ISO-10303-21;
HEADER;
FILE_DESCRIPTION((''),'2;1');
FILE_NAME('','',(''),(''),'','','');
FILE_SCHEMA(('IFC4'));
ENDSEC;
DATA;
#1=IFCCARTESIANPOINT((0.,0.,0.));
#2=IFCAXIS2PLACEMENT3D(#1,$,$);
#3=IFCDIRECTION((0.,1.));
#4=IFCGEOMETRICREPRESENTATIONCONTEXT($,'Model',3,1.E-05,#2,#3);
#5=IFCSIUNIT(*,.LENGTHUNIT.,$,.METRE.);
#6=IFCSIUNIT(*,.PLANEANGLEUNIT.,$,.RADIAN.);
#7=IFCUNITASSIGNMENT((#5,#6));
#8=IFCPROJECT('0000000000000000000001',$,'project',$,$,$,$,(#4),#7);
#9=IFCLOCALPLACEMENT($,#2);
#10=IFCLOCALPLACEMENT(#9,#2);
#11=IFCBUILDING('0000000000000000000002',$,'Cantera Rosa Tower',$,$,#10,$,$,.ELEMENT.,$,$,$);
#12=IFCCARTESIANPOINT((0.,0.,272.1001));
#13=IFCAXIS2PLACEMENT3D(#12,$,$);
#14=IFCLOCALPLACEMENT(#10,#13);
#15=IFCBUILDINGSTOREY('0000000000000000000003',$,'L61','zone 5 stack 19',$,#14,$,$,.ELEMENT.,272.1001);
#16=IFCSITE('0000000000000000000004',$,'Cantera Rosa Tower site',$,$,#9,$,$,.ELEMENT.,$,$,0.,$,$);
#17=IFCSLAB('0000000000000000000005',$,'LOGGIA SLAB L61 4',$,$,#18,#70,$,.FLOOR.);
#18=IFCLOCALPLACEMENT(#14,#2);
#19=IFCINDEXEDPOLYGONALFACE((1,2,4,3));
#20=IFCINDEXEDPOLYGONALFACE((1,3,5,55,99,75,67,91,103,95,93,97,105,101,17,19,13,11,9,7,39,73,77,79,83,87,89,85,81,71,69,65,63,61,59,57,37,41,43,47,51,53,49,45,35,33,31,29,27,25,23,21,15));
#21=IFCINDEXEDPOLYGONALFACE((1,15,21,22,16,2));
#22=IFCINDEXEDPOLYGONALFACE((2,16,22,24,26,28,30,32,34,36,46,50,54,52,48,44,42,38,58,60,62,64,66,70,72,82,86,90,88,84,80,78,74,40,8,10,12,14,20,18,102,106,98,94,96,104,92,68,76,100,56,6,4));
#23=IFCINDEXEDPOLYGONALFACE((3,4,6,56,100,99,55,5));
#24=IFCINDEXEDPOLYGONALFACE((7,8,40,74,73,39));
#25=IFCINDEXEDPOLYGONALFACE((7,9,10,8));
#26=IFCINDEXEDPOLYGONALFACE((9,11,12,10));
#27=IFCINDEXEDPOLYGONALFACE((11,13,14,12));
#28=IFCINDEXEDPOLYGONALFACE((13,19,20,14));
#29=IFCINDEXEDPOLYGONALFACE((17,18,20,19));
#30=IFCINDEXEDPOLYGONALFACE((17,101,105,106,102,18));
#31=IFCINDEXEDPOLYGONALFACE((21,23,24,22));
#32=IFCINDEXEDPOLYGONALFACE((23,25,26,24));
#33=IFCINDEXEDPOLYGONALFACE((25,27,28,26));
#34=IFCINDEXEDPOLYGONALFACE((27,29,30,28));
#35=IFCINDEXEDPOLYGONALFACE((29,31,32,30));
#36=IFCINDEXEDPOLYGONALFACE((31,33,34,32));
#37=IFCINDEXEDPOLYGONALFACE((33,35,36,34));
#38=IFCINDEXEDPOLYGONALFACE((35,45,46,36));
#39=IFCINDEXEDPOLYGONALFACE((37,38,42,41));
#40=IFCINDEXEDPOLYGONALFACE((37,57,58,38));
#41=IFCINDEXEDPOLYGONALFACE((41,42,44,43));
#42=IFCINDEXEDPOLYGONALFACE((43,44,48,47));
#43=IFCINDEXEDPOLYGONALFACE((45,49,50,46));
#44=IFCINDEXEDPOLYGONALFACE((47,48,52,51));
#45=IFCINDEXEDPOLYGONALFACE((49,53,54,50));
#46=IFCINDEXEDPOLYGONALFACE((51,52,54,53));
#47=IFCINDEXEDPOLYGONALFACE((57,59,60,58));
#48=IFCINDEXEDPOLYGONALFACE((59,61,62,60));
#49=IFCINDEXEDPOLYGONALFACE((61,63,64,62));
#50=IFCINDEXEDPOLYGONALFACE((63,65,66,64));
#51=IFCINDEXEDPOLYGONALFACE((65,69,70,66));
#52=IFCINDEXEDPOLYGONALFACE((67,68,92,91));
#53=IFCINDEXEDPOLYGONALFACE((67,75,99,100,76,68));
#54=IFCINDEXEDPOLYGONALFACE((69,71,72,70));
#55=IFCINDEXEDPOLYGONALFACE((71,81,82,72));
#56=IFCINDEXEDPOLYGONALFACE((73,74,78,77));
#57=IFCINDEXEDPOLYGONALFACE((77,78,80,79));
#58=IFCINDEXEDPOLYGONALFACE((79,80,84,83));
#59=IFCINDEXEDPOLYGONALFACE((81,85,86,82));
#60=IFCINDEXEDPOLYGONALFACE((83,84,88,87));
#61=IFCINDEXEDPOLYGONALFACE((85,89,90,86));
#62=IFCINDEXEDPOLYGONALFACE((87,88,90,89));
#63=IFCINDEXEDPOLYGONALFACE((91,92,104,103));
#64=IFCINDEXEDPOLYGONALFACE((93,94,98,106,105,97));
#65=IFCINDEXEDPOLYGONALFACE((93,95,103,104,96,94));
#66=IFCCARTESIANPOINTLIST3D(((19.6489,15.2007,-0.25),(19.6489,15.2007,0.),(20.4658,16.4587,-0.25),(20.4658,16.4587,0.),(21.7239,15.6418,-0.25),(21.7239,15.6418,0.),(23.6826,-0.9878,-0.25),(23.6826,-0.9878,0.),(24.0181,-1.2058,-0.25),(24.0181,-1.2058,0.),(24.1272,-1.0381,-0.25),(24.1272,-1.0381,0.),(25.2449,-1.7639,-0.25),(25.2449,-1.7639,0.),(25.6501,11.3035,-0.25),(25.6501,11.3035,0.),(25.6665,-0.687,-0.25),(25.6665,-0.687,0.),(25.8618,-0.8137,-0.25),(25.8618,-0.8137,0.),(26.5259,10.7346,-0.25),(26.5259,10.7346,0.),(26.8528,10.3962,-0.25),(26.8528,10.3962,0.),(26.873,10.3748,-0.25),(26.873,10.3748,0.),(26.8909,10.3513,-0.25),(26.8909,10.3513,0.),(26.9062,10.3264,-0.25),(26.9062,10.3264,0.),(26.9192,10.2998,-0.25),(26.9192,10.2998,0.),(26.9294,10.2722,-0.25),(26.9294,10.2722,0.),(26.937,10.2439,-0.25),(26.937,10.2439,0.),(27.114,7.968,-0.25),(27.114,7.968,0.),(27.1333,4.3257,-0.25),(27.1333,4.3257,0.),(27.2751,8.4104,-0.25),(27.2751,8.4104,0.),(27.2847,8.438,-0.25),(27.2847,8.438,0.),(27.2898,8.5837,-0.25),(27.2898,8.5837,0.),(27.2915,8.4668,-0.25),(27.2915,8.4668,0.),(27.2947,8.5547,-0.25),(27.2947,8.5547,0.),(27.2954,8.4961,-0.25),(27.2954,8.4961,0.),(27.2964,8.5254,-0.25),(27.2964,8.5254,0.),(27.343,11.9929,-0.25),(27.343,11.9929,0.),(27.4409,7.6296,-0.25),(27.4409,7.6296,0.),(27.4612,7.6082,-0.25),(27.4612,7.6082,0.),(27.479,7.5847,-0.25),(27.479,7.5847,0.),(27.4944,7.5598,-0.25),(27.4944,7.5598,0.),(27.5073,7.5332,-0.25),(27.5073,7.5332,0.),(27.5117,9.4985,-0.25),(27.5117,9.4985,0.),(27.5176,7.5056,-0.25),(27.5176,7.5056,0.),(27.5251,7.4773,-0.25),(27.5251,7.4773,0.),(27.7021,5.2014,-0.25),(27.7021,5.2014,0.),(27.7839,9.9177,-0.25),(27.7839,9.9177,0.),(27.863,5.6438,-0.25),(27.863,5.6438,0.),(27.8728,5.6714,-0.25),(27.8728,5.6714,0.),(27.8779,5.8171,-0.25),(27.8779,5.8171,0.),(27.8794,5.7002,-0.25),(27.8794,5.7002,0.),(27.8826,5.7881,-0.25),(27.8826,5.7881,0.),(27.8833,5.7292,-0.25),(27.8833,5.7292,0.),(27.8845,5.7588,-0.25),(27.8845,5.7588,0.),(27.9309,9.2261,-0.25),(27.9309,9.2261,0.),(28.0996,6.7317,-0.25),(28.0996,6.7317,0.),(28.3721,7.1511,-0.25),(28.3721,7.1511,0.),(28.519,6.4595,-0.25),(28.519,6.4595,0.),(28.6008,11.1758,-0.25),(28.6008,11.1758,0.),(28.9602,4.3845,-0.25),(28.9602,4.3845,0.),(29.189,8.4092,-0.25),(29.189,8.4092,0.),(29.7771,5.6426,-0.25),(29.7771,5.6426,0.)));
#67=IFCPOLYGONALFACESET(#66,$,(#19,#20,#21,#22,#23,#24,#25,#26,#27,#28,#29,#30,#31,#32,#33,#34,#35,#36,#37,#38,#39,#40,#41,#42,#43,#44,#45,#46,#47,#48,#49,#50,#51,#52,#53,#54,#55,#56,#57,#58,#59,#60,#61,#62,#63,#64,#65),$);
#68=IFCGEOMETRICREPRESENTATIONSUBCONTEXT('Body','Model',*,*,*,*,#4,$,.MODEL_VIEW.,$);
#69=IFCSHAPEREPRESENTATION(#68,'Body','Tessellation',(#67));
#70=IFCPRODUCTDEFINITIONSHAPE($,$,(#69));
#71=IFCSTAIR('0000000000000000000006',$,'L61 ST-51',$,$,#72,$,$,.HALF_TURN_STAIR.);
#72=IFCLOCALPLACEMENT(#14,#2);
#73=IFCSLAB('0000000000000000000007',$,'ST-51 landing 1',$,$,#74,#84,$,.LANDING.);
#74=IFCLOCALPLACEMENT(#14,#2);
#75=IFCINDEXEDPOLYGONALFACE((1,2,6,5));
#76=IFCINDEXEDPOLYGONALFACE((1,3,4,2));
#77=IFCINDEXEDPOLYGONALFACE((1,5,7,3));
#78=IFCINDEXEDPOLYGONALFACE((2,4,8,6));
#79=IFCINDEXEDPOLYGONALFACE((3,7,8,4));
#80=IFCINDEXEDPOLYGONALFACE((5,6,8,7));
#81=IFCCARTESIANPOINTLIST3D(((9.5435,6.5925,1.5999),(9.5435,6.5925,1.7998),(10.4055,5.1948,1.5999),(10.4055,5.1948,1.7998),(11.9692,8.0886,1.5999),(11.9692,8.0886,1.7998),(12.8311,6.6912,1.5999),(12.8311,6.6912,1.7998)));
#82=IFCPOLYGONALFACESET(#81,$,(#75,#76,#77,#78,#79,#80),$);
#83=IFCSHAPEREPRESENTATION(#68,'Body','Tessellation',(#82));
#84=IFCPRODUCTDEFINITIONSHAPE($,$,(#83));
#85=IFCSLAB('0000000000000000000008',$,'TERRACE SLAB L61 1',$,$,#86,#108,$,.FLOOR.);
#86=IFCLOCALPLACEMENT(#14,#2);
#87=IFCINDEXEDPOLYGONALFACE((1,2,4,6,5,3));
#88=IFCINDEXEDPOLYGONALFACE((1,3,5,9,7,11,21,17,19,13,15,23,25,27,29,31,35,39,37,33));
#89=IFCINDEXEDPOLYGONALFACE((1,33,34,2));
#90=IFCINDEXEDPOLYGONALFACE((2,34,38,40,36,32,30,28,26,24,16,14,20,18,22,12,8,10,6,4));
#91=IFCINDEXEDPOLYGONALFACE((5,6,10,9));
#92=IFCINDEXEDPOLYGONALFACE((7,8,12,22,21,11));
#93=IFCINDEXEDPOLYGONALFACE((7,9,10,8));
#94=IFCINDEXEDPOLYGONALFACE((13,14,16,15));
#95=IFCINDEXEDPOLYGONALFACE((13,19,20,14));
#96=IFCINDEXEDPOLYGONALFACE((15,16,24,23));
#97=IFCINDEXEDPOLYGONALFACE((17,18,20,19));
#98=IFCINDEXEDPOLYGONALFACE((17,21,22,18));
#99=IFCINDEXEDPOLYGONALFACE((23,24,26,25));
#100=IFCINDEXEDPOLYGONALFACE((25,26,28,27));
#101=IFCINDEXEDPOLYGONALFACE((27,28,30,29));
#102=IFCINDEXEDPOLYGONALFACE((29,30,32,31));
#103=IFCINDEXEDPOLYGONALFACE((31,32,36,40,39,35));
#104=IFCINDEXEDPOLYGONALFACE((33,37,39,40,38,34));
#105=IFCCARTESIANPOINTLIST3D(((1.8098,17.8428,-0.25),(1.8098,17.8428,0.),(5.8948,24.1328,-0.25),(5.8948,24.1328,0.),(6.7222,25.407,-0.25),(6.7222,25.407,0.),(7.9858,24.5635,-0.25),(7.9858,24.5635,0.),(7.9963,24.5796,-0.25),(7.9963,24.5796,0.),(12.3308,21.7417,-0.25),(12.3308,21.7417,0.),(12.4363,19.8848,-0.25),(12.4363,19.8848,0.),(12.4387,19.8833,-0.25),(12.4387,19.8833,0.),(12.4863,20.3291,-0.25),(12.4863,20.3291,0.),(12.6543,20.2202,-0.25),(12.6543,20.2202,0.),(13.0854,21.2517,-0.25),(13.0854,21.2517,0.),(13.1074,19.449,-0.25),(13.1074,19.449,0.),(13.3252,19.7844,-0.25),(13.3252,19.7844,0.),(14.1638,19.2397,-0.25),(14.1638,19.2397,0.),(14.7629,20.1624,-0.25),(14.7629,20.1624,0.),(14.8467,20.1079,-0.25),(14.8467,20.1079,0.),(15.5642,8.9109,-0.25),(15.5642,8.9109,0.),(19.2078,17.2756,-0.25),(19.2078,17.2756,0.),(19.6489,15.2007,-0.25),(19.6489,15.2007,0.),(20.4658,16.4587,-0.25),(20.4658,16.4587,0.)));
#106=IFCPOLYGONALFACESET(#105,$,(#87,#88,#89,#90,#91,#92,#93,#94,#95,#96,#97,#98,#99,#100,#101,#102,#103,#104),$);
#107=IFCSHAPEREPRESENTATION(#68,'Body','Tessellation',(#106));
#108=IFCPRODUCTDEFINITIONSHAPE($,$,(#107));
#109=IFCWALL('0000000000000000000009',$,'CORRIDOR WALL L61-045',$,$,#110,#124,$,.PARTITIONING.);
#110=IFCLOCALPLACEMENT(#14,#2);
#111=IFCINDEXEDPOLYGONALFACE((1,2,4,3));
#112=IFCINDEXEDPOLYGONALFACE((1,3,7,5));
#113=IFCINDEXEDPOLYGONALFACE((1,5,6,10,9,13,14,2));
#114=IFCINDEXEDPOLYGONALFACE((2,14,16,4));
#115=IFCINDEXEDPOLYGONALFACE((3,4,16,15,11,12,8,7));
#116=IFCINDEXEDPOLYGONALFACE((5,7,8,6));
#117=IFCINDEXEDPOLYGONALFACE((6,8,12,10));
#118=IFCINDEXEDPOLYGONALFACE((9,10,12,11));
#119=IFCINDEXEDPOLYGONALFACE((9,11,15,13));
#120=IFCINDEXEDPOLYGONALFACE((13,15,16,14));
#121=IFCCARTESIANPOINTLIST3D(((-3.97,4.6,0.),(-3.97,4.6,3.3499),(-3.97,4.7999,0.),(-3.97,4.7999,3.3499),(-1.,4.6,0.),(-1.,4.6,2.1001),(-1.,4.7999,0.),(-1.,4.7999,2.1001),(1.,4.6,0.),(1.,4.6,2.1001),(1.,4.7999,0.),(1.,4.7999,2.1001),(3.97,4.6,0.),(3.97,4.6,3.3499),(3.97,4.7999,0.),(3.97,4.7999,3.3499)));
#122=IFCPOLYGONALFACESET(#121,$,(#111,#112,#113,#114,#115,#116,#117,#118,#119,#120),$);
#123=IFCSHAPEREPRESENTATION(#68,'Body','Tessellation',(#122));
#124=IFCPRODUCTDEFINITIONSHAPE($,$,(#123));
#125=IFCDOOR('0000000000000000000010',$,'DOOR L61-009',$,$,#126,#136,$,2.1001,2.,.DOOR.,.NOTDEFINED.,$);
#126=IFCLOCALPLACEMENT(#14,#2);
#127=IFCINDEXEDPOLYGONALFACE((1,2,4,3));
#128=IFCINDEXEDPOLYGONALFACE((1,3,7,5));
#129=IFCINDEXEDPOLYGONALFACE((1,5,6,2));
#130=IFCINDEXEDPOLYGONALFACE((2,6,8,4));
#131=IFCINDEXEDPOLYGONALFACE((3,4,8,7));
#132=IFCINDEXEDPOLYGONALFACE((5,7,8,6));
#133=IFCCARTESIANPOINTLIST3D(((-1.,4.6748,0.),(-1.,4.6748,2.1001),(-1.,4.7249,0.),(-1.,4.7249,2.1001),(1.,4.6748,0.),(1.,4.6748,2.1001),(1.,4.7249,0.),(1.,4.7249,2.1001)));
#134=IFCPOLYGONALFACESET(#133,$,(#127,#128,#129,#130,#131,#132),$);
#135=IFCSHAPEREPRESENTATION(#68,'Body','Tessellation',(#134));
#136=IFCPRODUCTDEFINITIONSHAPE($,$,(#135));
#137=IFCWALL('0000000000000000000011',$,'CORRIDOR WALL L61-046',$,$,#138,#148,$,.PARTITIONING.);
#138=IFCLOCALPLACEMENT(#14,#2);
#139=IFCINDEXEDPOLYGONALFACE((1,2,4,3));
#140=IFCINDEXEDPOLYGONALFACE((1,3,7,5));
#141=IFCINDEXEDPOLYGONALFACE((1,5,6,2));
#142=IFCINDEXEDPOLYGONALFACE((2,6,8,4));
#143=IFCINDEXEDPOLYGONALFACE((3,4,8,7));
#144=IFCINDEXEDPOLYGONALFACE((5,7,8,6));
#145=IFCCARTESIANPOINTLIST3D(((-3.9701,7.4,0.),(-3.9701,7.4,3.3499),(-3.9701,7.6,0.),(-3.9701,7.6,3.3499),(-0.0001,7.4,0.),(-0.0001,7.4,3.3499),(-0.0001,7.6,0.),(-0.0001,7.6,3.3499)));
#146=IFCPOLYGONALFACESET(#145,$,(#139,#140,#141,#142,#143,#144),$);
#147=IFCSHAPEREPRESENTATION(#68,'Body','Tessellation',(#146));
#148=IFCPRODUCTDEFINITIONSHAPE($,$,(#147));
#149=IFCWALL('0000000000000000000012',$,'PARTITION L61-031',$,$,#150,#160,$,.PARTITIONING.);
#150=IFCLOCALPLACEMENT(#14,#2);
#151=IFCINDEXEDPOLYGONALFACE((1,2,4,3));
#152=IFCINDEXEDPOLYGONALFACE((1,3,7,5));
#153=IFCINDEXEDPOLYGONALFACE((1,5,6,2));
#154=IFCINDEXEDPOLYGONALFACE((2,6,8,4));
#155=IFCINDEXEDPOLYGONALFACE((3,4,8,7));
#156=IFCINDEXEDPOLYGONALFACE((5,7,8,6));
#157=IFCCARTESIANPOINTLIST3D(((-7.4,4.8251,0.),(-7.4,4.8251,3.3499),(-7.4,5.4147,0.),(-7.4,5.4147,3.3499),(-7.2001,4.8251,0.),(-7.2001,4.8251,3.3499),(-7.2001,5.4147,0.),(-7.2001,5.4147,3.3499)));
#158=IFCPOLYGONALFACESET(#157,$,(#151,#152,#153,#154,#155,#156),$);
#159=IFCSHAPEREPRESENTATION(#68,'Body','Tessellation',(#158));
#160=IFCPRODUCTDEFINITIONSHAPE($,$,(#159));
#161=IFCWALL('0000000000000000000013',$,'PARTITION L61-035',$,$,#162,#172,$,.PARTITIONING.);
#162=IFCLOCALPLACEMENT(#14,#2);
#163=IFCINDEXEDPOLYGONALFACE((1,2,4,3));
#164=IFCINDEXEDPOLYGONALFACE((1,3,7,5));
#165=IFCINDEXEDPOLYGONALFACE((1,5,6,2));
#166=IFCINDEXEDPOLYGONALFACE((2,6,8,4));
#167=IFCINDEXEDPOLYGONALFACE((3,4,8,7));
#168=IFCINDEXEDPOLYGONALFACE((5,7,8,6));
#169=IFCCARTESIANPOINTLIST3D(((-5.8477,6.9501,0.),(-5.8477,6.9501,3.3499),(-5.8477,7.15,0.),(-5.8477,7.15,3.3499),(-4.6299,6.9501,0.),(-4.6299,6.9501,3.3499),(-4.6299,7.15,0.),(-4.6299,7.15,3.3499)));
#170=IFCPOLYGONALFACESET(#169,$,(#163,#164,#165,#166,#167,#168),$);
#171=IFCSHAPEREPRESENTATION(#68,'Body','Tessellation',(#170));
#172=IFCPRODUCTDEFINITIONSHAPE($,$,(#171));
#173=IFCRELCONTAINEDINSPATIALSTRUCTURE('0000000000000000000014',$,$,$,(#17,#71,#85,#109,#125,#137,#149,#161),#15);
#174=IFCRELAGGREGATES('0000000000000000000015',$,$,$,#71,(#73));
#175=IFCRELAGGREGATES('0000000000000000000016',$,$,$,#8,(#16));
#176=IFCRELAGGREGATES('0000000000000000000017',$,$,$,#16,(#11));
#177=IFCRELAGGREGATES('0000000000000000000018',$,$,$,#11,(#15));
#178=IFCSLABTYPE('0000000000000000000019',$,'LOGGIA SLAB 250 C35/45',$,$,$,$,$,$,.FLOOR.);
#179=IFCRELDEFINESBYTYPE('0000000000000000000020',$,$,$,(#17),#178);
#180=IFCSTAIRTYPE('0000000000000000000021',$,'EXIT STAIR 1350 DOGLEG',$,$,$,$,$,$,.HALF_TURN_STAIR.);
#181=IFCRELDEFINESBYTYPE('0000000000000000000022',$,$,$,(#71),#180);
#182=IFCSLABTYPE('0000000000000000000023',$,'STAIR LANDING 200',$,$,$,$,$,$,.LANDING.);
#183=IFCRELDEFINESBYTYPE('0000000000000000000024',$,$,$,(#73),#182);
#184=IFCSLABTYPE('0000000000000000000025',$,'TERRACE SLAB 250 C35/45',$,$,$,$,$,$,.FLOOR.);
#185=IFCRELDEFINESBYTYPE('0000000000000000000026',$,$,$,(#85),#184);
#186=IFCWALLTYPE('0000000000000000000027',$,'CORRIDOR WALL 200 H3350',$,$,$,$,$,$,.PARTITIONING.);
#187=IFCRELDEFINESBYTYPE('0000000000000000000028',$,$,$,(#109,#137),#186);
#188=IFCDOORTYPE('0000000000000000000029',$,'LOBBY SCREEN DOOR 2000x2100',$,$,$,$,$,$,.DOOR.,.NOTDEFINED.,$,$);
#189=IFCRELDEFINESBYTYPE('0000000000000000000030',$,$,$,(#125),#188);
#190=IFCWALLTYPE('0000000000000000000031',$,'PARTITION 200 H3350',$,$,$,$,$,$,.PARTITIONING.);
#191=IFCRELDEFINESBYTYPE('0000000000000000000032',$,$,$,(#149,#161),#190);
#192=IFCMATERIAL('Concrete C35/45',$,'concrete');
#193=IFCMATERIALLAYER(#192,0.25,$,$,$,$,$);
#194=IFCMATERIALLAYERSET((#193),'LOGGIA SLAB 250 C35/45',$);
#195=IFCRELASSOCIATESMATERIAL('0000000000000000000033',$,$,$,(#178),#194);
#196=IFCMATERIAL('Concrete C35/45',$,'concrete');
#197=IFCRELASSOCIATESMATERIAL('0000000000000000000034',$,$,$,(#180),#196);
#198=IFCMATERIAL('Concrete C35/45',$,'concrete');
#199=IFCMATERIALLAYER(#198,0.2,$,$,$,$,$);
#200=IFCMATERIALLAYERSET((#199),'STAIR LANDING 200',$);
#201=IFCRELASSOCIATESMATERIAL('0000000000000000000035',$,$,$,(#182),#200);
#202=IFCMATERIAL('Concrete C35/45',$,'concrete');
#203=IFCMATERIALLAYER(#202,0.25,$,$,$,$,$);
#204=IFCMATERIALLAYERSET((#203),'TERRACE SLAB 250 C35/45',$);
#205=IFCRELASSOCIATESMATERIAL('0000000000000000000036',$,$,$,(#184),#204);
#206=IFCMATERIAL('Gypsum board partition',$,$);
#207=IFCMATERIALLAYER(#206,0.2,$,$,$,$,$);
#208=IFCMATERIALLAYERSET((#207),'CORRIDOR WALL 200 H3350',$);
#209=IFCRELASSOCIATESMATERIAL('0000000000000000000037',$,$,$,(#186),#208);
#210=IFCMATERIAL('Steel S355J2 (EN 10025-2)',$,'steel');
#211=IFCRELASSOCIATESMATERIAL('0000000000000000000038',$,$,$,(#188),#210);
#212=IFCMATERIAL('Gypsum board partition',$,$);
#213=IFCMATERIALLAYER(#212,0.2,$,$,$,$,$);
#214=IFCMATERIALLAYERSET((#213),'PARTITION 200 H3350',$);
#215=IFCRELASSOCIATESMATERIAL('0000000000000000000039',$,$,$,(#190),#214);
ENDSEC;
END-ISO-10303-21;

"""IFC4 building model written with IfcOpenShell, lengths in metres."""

from ifc_helpers import new_model, si_unit, direction, frame, frame_2d, origin, place, context, subcontext, project, spatial, polyline, rectangle, outline, extrude, material, layer, layer_set, type_object, element, fill, aggregate, save


model = new_model("IFC4")

# Units and contexts
model_context = context("Model", 3, precision=1e-05, world=origin(), true_north=direction((0.0, 1.0)))
body_context = subcontext(model_context, "Body", "Model", "MODEL_VIEW")
ifc_project = project(units=[si_unit("LENGTHUNIT", "METRE"), si_unit("PLANEANGLEUNIT", "RADIAN")], contexts=[model_context])

# Site, building, storey
site_placement = place(None, origin())
site = spatial("IfcSite", under=ifc_project, at=site_placement, Name="Cantera Rosa Tower site", CompositionType="ELEMENT", RefElevation=0.0)
building_placement = place(site_placement, origin())
building = spatial("IfcBuilding", under=site, at=building_placement, Name="Cantera Rosa Tower", CompositionType="ELEMENT")
storey_placement = place(building_placement, frame((0.0, 0.0, 272.1001)))
storey = spatial("IfcBuildingStorey", under=building, at=storey_placement, Name="L61", Description="zone 5 stack 19", CompositionType="ELEMENT", Elevation=272.1001)

# Slab
ifc_material_1 = material(Name="Concrete C35/45", Category="concrete")
ifc_layer_1 = layer(ifc_material_1, 0.25)
ifc_layer_set_1 = layer_set([ifc_layer_1], Name="LOGGIA SLAB 250 C35/45")
slab_type_1 = type_object("IfcSlabType", Name="LOGGIA SLAB 250 C35/45", PredefinedType="FLOOR", material=ifc_layer_set_1)
slab_1_placement = place(storey_placement, frame((0.0, 0.0, -0.25)))
element("IfcSlab", 1, at=slab_1_placement, inside=storey, type_object=slab_type_1, Name="LOGGIA SLAB L61 4", PredefinedType="FLOOR", context=body_context, shape_type="SweptSolid", body=[
    extrude(outline(polyline([(27.7839, 9.9177), (27.5117, 9.4985), (27.9309, 9.2261), (29.189, 8.4092), (28.3721, 7.1511), (28.0996, 6.7317), (28.519, 6.4595), (29.7771, 5.6426), (28.9602, 4.3845), (25.6665, -0.687), (25.8618, -0.8137), (25.2449, -1.7639), (24.1272, -1.0381), (24.0181, -1.2058), (23.6826, -0.9878), (27.1333, 4.3257), (27.7021, 5.2014), (27.863, 5.6438), (27.8728, 5.6714), (27.8794, 5.7002), (27.8833, 5.7292), (27.8845, 5.7588), (27.8826, 5.7881), (27.8779, 5.8171), (27.5251, 7.4773), (27.5176, 7.5056), (27.5073, 7.5332), (27.4944, 7.5598), (27.479, 7.5847), (27.4612, 7.6082), (27.4409, 7.6296), (27.114, 7.968), (27.2751, 8.4104), (27.2847, 8.438), (27.2915, 8.4668), (27.2954, 8.4961), (27.2964, 8.5254), (27.2947, 8.5547), (27.2898, 8.5837), (26.937, 10.2439), (26.9294, 10.2722), (26.9192, 10.2998), (26.9062, 10.3264), (26.8909, 10.3513), (26.873, 10.3748), (26.8528, 10.3962), (26.5259, 10.7346), (25.6501, 11.3035), (19.6489, 15.2007), (20.4658, 16.4587), (21.7239, 15.6418), (27.343, 11.9929), (28.6008, 11.1758), (27.7839, 9.9177)])), origin(), (0.0, 0.0, 1.0), 0.25),
])

# Stair, slab
ifc_material_2 = material(Name="Concrete C35/45", Category="concrete")
stair_type = type_object("IfcStairType", Name="EXIT STAIR 1350 DOGLEG", PredefinedType="HALF_TURN_STAIR", material=ifc_material_2)
stair_placement = place(storey_placement, origin())
stair = element("IfcStair", 2, at=stair_placement, inside=storey, type_object=stair_type, Name="L61 ST-51", PredefinedType="HALF_TURN_STAIR")
ifc_material_3 = material(Name="Concrete C35/45", Category="concrete")
ifc_layer_2 = layer(ifc_material_3, 0.2)
ifc_layer_set_2 = layer_set([ifc_layer_2], Name="STAIR LANDING 200")
slab_type_2 = type_object("IfcSlabType", Name="STAIR LANDING 200", PredefinedType="LANDING", material=ifc_layer_set_2)
slab_2_placement = place(storey_placement, frame((0.0, 0.0, 1.5999)))
slab_2 = element("IfcSlab", 3, at=slab_2_placement, type_object=slab_type_2, Name="ST-51 landing 1", PredefinedType="LANDING", context=body_context, shape_type="SweptSolid", body=[
    extrude(outline(polyline([(12.8311, 6.6912), (11.9692, 8.0886), (9.5435, 6.5925), (10.4055, 5.1948), (12.8311, 6.6912)])), origin(), (0.0, 0.0, 1.0), 0.2),
])
aggregate(stair, [slab_2])

# Slab
ifc_material_4 = material(Name="Concrete C35/45", Category="concrete")
ifc_layer_3 = layer(ifc_material_4, 0.25)
ifc_layer_set_3 = layer_set([ifc_layer_3], Name="TERRACE SLAB 250 C35/45")
slab_type_3 = type_object("IfcSlabType", Name="TERRACE SLAB 250 C35/45", PredefinedType="FLOOR", material=ifc_layer_set_3)
slab_3_placement = place(storey_placement, frame((0.0, 0.0, -0.25)))
element("IfcSlab", 4, at=slab_3_placement, inside=storey, type_object=slab_type_3, Name="TERRACE SLAB L61 1", PredefinedType="FLOOR", context=body_context, shape_type="SweptSolid", body=[
    extrude(outline(polyline([(15.5642, 8.9109), (1.8098, 17.8428), (5.8948, 24.1328), (6.7222, 25.407), (7.9963, 24.5796), (7.9858, 24.5635), (12.3308, 21.7417), (13.0854, 21.2517), (12.4863, 20.3291), (12.6543, 20.2202), (12.4363, 19.8848), (12.4387, 19.8833), (13.1074, 19.449), (13.3252, 19.7844), (14.1638, 19.2397), (14.7629, 20.1624), (14.8467, 20.1079), (19.2078, 17.2756), (20.4658, 16.4587), (19.6489, 15.2007), (15.5642, 8.9109)])), origin(), (0.0, 0.0, 1.0), 0.25),
])

# Wall, opening, door
ifc_material_5 = material(Name="Gypsum board partition")
ifc_layer_4 = layer(ifc_material_5, 0.2)
ifc_layer_set_4 = layer_set([ifc_layer_4], Name="CORRIDOR WALL 200 H3350")
wall_type_1 = type_object("IfcWallType", Name="CORRIDOR WALL 200 H3350", PredefinedType="PARTITIONING", material=ifc_layer_set_4)
wall_1_placement = place(storey_placement, frame((-3.97, 4.7, 0.0), z_axis=(0.0, 0.0, 1.0), x_axis=(1.0, 0.0, 0.0)))
wall_1 = element("IfcWall", 5, at=wall_1_placement, inside=storey, type_object=wall_type_1, Name="CORRIDOR WALL L61-045", PredefinedType="PARTITIONING", context=body_context, shape_type="SweptSolid", body=[
    extrude(rectangle(XDim=7.9399, YDim=0.2, at=frame_2d((3.97, 0.0))), origin(), (0.0, 0.0, 1.0), 3.3499),
])
opening_1_placement = place(wall_1_placement, frame((2.97, 0.0, 0.0)))
opening_1 = element("IfcOpeningElement", 6, at=opening_1_placement, cuts=wall_1, PredefinedType="OPENING", context=body_context, shape_type="SweptSolid", body=[
    extrude(rectangle(XDim=2.0, YDim=2.1001, at=frame_2d((1.0, 1.05))), frame((0.0, 0.1099, 0.0), z_axis=(0.0, -1.0, 0.0), x_axis=(1.0, 0.0, 0.0)), (0.0, 0.0, 1.0), 0.22),
])
ifc_material_6 = material(Name="Steel S355J2 (EN 10025-2)", Category="steel")
door_type_1 = type_object("IfcDoorType", Name="LOBBY SCREEN DOOR 2000x2100", OperationType="NOTDEFINED", PredefinedType="DOOR", material=ifc_material_6)
door_1_placement = place(opening_1_placement, origin())
door_1 = element("IfcDoor", 7, at=door_1_placement, inside=storey, type_object=door_type_1, Name="DOOR L61-009", OperationType="NOTDEFINED", OverallHeight=2.1001, OverallWidth=2.0, PredefinedType="DOOR", context=body_context, shape_type="SweptSolid", body=[
    extrude(rectangle(XDim=2.0, YDim=2.1001, at=frame_2d((1.0, 1.05))), frame((0.0, 0.0249, 0.0), z_axis=(0.0, -1.0, 0.0), x_axis=(1.0, 0.0, 0.0)), (0.0, 0.0, 1.0), 0.05),
])
fill(opening_1, door_1)

# Walls
wall_2_placement = place(storey_placement, frame((-3.97, 7.5, 0.0), z_axis=(0.0, 0.0, 1.0), x_axis=(1.0, 0.0, 0.0)))
element("IfcWall", 8, at=wall_2_placement, inside=storey, type_object=wall_type_1, Name="CORRIDOR WALL L61-046", PredefinedType="PARTITIONING", context=body_context, shape_type="SweptSolid", body=[
    extrude(rectangle(XDim=3.97, YDim=0.2, at=frame_2d((1.9849, 0.0))), origin(), (0.0, 0.0, 1.0), 3.3499),
])
ifc_material_7 = material(Name="Gypsum board partition")
ifc_layer_5 = layer(ifc_material_7, 0.2)
ifc_layer_set_5 = layer_set([ifc_layer_5], Name="PARTITION 200 H3350")
wall_type_2 = type_object("IfcWallType", Name="PARTITION 200 H3350", PredefinedType="PARTITIONING", material=ifc_layer_set_5)
wall_3_placement = place(storey_placement, frame((-7.3, 4.825, 0.0), z_axis=(0.0, 0.0, 1.0), x_axis=(0.0, 1.0, 0.0)))
element("IfcWall", 9, at=wall_3_placement, inside=storey, type_object=wall_type_2, Name="PARTITION L61-031", PredefinedType="PARTITIONING", context=body_context, shape_type="SweptSolid", body=[
    extrude(rectangle(XDim=0.5896, YDim=0.2, at=frame_2d((0.2949, 0.0))), origin(), (0.0, 0.0, 1.0), 3.3499),
])
wall_4_placement = place(storey_placement, frame((-5.8477, 7.05, 0.0), z_axis=(0.0, 0.0, 1.0), x_axis=(1.0, 0.0, 0.0)))
element("IfcWall", 10, at=wall_4_placement, inside=storey, type_object=wall_type_2, Name="PARTITION L61-035", PredefinedType="PARTITIONING", context=body_context, shape_type="SweptSolid", body=[
    extrude(rectangle(XDim=1.2178, YDim=0.2, at=frame_2d((0.6089, 0.0))), origin(), (0.0, 0.0, 1.0), 3.3499),
])

save(model, "model.ifc")
